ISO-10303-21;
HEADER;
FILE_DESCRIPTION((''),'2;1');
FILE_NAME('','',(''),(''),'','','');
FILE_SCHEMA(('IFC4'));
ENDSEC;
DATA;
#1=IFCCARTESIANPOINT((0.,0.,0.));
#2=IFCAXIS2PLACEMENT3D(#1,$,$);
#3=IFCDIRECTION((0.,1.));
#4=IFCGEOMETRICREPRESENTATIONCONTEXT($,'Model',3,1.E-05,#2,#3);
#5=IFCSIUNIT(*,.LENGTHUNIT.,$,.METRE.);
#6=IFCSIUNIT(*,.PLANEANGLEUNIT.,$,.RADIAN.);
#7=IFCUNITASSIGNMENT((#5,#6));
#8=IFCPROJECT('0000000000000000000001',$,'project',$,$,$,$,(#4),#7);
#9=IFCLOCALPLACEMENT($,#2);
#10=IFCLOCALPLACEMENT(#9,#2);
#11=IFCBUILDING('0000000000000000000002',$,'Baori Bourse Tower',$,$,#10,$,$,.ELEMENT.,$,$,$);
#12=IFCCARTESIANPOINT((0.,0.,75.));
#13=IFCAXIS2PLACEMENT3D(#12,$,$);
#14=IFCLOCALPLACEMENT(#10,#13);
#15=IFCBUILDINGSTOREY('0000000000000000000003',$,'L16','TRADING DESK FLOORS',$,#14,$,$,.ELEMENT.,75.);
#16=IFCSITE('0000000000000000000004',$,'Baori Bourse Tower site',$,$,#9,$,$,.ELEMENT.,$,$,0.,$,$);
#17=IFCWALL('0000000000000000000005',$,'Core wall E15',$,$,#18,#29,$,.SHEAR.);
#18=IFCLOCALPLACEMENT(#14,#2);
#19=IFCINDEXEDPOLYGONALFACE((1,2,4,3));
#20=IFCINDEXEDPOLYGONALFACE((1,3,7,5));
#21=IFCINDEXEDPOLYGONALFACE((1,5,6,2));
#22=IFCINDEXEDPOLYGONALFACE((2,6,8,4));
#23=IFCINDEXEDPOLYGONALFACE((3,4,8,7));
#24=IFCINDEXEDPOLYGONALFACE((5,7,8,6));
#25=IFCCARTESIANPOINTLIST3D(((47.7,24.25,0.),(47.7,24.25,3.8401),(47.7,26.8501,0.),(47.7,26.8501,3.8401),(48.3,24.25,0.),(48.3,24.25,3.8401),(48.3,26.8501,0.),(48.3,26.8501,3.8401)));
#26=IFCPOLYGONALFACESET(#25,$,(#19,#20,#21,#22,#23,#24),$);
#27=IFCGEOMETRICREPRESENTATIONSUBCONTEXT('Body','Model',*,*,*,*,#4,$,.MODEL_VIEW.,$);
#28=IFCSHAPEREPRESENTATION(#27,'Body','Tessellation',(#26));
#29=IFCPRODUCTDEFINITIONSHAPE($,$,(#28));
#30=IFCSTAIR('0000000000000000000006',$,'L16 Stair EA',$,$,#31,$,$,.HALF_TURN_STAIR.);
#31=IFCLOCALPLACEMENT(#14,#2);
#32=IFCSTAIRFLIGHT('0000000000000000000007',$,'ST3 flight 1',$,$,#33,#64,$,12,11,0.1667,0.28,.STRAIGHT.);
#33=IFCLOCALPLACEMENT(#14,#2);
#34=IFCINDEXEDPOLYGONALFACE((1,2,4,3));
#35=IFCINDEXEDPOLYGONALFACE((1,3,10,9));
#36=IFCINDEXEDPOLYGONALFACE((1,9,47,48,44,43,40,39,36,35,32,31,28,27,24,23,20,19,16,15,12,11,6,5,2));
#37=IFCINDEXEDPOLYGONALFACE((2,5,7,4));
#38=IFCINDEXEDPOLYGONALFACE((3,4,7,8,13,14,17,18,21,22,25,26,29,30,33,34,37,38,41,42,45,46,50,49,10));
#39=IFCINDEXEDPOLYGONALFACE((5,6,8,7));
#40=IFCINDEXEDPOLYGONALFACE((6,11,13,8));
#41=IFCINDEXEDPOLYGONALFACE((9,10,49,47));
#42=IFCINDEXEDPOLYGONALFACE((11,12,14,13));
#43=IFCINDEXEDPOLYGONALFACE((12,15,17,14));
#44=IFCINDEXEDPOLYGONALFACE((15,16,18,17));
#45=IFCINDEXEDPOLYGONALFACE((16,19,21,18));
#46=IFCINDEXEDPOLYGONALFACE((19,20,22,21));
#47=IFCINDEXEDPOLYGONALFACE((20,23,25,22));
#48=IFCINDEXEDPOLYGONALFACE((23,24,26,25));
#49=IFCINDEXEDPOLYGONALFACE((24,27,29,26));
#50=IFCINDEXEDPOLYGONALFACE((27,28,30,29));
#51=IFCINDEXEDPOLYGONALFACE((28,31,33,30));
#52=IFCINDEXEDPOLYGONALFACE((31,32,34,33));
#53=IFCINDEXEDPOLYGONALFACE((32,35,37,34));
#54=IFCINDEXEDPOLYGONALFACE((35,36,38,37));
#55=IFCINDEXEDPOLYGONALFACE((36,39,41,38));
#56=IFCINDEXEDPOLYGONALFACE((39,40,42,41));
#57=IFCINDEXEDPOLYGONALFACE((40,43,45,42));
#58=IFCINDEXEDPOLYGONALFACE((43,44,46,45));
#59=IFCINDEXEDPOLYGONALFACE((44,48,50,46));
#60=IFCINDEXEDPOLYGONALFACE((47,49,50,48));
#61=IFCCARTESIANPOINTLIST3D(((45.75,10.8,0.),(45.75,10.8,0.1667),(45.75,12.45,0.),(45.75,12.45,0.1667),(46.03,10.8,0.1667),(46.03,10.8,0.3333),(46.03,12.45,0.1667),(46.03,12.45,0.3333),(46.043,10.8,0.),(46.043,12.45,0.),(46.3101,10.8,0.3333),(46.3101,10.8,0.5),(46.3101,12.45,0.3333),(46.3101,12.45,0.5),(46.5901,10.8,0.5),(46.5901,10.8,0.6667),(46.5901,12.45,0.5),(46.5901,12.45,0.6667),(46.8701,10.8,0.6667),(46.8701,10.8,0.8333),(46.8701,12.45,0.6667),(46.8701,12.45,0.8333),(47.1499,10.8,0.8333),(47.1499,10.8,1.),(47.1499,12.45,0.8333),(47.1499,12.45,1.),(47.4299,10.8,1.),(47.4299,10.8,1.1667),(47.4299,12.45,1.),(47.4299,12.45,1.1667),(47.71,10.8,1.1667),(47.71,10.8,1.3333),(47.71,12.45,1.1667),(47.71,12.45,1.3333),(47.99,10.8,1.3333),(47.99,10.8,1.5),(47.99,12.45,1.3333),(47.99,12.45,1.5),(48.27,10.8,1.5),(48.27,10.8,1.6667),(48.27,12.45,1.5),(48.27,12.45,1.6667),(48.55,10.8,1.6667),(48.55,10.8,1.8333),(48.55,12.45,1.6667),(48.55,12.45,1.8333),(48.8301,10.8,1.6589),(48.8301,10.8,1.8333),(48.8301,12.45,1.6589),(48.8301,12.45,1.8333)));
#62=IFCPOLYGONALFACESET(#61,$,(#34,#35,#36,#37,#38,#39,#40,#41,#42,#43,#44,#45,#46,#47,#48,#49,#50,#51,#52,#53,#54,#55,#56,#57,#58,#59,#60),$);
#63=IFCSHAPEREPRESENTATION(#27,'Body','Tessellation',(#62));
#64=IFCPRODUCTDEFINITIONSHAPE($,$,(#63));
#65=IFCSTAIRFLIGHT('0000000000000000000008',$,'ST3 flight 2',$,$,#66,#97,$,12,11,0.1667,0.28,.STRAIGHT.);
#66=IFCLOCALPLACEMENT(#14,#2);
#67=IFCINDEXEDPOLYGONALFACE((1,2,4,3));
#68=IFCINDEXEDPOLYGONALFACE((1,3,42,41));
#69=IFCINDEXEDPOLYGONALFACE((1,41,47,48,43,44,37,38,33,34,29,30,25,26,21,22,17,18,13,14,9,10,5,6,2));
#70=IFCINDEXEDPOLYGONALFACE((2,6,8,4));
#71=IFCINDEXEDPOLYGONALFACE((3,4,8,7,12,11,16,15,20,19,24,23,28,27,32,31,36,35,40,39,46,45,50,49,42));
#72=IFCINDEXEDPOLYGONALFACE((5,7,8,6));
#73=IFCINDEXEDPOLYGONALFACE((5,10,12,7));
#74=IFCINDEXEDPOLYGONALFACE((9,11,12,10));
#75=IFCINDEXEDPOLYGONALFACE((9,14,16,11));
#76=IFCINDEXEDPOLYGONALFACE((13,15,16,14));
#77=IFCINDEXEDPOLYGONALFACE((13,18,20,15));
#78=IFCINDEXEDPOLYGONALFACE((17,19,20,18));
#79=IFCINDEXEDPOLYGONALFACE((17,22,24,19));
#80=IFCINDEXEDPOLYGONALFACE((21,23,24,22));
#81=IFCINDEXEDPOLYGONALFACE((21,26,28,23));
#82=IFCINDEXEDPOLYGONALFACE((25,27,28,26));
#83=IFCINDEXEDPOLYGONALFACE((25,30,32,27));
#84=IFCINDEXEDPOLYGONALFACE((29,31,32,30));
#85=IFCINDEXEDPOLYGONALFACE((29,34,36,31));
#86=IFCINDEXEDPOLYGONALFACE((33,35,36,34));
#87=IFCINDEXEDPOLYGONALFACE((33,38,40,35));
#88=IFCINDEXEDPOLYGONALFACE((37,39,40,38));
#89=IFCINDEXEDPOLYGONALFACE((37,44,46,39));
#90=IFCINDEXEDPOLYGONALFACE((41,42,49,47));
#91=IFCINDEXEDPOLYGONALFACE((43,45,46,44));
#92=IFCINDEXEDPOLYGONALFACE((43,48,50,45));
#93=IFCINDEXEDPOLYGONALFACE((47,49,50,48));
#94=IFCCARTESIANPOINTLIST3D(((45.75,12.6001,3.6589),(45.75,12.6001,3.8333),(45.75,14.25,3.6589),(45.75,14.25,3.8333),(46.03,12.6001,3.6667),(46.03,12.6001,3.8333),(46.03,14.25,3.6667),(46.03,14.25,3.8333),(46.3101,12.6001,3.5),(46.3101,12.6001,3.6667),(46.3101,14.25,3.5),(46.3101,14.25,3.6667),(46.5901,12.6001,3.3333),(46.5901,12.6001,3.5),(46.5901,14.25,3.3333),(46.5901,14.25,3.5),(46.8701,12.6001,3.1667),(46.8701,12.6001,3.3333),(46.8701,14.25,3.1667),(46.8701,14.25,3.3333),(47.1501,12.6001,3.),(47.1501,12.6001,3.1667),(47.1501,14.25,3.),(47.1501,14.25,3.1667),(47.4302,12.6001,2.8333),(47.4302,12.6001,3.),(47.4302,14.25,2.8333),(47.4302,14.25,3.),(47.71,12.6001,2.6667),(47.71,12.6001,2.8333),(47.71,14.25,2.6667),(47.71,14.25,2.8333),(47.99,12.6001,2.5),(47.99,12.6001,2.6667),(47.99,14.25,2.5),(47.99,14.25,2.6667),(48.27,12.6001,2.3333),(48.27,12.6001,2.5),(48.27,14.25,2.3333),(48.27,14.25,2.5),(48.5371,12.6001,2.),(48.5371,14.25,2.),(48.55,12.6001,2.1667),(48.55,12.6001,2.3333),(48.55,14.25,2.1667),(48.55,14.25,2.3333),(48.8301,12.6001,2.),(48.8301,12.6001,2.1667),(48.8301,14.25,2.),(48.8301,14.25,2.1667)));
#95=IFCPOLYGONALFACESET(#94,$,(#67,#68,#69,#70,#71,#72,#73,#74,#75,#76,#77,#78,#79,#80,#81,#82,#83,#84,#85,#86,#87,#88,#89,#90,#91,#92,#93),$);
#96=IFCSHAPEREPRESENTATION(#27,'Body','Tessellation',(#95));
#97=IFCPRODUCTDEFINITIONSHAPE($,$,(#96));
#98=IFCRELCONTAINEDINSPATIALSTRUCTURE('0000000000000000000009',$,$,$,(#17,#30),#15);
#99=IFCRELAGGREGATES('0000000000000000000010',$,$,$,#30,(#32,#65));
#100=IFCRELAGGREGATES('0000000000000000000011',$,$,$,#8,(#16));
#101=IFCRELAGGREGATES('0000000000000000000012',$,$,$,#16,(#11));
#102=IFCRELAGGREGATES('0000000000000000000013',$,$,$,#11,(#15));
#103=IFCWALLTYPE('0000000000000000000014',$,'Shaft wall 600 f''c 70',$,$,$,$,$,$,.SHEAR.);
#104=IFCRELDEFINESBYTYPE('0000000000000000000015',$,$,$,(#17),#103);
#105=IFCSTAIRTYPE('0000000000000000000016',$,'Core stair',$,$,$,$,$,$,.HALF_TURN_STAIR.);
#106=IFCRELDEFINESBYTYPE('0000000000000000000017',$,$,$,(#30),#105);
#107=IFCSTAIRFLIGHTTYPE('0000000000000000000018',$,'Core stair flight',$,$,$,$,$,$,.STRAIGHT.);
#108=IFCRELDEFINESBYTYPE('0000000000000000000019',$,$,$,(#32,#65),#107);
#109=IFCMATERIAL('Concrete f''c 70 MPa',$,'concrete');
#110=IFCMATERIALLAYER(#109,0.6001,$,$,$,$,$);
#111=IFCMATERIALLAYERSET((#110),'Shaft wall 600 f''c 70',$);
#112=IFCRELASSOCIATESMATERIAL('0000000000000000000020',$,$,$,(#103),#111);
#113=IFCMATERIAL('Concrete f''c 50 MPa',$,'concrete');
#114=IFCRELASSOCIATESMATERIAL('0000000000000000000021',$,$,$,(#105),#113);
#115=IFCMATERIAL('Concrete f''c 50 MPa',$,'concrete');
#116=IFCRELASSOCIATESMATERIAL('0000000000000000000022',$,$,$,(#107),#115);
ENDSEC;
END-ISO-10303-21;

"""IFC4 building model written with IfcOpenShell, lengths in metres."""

from ifc_helpers import new_model, si_unit, direction, frame, frame_2d, origin, place, context, subcontext, project, spatial, polyline, rectangle, outline, extrude, material, layer, layer_set, type_object, element, aggregate, save


model = new_model("IFC4")

# Units and contexts
model_context = context("Model", 3, precision=1e-05, world=origin(), true_north=direction((0.0, 1.0)))
body_context = subcontext(model_context, "Body", "Model", "MODEL_VIEW")
ifc_project = project(units=[si_unit("LENGTHUNIT", "METRE"), si_unit("PLANEANGLEUNIT", "RADIAN")], contexts=[model_context])

# Site, building, storey
site_placement = place(None, origin())
site = spatial("IfcSite", under=ifc_project, at=site_placement, Name="Baori Bourse Tower site", CompositionType="ELEMENT", RefElevation=0.0)
building_placement = place(site_placement, origin())
building = spatial("IfcBuilding", under=site, at=building_placement, Name="Baori Bourse Tower", CompositionType="ELEMENT")
storey_placement = place(building_placement, frame((0.0, 0.0, 75.0)))
storey = spatial("IfcBuildingStorey", under=building, at=storey_placement, Name="L16", Description="TRADING DESK FLOORS", CompositionType="ELEMENT", Elevation=75.0)

# Wall
ifc_material_1 = material(Name="Concrete f'c 70 MPa", Category="concrete")
ifc_layer_1 = layer(ifc_material_1, 0.6001)
ifc_layer_set_1 = layer_set([ifc_layer_1], Name="Shaft wall 600 f'c 70")
wall_type_1 = type_object("IfcWallType", Name="Shaft wall 600 f'c 70", PredefinedType="SHEAR", material=ifc_layer_set_1)
for number, where, z_axis, x_axis, name in (
    (1, (48.0, 24.25, 0.0), (0.0, 0.0, 1.0), (0.0, 1.0, 0.0), "Core wall E15"),
):
    element("IfcWall", number, at=place(storey_placement, frame(where, z_axis=z_axis, x_axis=x_axis)), inside=storey, type_object=wall_type_1, Name=name, PredefinedType="SHEAR", context=body_context, shape_type="SweptSolid", body=[
        extrude(rectangle(XDim=2.6001, YDim=0.6001, at=frame_2d((1.3, 0.0))), origin(), (0.0, 0.0, 1.0), 3.8401),
    ])

# Stair, stair flights
ifc_material_2 = material(Name="Concrete f'c 50 MPa", Category="concrete")
stair_type = type_object("IfcStairType", Name="Core stair", PredefinedType="HALF_TURN_STAIR", material=ifc_material_2)
stair_placement = place(storey_placement, origin())
stair = element("IfcStair", 2, at=stair_placement, inside=storey, type_object=stair_type, Name="L16 Stair EA", PredefinedType="HALF_TURN_STAIR")
ifc_material_3 = material(Name="Concrete f'c 50 MPa", Category="concrete")
stair_flight_type = type_object("IfcStairFlightType", Name="Core stair flight", PredefinedType="STRAIGHT", material=ifc_material_3)
stair_flight_1_placement = place(storey_placement, frame((45.75, 11.625, 0.0), z_axis=(0.0, 0.0, 1.0), x_axis=(1.0, 0.0, 0.0)))
stair_flight_1 = element("IfcStairFlight", 3, at=stair_flight_1_placement, type_object=stair_flight_type, Name="ST3 flight 1", NumberOfRisers=12, NumberOfTreads=11, PredefinedType="STRAIGHT", RiserHeight=0.1667, TreadLength=0.28, context=body_context, shape_type="SweptSolid", body=[
    extrude(outline(polyline([(0.0, 0.0), (0.0, 0.1667), (0.28, 0.1667), (0.28, 0.3333), (0.5601, 0.3333), (0.5601, 0.5), (0.8401, 0.5), (0.8401, 0.6667), (1.1201, 0.6667), (1.1201, 0.8333), (1.3999, 0.8333), (1.3999, 1.0), (1.6799, 1.0), (1.6799, 1.1667), (1.96, 1.1667), (1.96, 1.3333), (2.24, 1.3333), (2.24, 1.5), (2.52, 1.5), (2.52, 1.6667), (2.8, 1.6667), (2.8, 1.8333), (3.0801, 1.8333), (3.0801, 2.0), (3.0801, 1.6589), (0.293, 0.0), (0.0, 0.0)])), frame((0.0, 0.825, 0.0), z_axis=(0.0, -1.0, 0.0), x_axis=(1.0, 0.0, 0.0)), (0.0, 0.0, 1.0), 1.6499),
])
stair_flight_2_placement = place(storey_placement, frame((48.8301, 13.425, 2.0), z_axis=(0.0, 0.0, 1.0), x_axis=(-1.0, 0.0, 0.0)))
stair_flight_2 = element("IfcStairFlight", 4, at=stair_flight_2_placement, type_object=stair_flight_type, Name="ST3 flight 2", NumberOfRisers=12, NumberOfTreads=11, PredefinedType="STRAIGHT", RiserHeight=0.1667, TreadLength=0.28, context=body_context, shape_type="SweptSolid", body=[
    extrude(outline(polyline([(0.0, 0.0), (0.0, 0.1667), (0.28, 0.1667), (0.28, 0.3333), (0.5601, 0.3333), (0.5601, 0.5), (0.8401, 0.5), (0.8401, 0.6667), (1.1201, 0.6667), (1.1201, 0.8333), (1.3999, 0.8333), (1.3999, 1.0), (1.6799, 1.0), (1.6799, 1.1667), (1.96, 1.1667), (1.96, 1.3333), (2.24, 1.3333), (2.24, 1.5), (2.52, 1.5), (2.52, 1.6667), (2.8, 1.6667), (2.8, 1.8333), (3.0801, 1.8333), (3.0801, 2.0), (3.0801, 1.6589), (0.293, 0.0), (0.0, 0.0)])), frame((0.0, 0.825, 0.0), z_axis=(0.0, -1.0, 0.0), x_axis=(1.0, 0.0, 0.0)), (0.0, 0.0, 1.0), 1.6499),
])
aggregate(stair, [stair_flight_1, stair_flight_2])

save(model, "model.ifc")
